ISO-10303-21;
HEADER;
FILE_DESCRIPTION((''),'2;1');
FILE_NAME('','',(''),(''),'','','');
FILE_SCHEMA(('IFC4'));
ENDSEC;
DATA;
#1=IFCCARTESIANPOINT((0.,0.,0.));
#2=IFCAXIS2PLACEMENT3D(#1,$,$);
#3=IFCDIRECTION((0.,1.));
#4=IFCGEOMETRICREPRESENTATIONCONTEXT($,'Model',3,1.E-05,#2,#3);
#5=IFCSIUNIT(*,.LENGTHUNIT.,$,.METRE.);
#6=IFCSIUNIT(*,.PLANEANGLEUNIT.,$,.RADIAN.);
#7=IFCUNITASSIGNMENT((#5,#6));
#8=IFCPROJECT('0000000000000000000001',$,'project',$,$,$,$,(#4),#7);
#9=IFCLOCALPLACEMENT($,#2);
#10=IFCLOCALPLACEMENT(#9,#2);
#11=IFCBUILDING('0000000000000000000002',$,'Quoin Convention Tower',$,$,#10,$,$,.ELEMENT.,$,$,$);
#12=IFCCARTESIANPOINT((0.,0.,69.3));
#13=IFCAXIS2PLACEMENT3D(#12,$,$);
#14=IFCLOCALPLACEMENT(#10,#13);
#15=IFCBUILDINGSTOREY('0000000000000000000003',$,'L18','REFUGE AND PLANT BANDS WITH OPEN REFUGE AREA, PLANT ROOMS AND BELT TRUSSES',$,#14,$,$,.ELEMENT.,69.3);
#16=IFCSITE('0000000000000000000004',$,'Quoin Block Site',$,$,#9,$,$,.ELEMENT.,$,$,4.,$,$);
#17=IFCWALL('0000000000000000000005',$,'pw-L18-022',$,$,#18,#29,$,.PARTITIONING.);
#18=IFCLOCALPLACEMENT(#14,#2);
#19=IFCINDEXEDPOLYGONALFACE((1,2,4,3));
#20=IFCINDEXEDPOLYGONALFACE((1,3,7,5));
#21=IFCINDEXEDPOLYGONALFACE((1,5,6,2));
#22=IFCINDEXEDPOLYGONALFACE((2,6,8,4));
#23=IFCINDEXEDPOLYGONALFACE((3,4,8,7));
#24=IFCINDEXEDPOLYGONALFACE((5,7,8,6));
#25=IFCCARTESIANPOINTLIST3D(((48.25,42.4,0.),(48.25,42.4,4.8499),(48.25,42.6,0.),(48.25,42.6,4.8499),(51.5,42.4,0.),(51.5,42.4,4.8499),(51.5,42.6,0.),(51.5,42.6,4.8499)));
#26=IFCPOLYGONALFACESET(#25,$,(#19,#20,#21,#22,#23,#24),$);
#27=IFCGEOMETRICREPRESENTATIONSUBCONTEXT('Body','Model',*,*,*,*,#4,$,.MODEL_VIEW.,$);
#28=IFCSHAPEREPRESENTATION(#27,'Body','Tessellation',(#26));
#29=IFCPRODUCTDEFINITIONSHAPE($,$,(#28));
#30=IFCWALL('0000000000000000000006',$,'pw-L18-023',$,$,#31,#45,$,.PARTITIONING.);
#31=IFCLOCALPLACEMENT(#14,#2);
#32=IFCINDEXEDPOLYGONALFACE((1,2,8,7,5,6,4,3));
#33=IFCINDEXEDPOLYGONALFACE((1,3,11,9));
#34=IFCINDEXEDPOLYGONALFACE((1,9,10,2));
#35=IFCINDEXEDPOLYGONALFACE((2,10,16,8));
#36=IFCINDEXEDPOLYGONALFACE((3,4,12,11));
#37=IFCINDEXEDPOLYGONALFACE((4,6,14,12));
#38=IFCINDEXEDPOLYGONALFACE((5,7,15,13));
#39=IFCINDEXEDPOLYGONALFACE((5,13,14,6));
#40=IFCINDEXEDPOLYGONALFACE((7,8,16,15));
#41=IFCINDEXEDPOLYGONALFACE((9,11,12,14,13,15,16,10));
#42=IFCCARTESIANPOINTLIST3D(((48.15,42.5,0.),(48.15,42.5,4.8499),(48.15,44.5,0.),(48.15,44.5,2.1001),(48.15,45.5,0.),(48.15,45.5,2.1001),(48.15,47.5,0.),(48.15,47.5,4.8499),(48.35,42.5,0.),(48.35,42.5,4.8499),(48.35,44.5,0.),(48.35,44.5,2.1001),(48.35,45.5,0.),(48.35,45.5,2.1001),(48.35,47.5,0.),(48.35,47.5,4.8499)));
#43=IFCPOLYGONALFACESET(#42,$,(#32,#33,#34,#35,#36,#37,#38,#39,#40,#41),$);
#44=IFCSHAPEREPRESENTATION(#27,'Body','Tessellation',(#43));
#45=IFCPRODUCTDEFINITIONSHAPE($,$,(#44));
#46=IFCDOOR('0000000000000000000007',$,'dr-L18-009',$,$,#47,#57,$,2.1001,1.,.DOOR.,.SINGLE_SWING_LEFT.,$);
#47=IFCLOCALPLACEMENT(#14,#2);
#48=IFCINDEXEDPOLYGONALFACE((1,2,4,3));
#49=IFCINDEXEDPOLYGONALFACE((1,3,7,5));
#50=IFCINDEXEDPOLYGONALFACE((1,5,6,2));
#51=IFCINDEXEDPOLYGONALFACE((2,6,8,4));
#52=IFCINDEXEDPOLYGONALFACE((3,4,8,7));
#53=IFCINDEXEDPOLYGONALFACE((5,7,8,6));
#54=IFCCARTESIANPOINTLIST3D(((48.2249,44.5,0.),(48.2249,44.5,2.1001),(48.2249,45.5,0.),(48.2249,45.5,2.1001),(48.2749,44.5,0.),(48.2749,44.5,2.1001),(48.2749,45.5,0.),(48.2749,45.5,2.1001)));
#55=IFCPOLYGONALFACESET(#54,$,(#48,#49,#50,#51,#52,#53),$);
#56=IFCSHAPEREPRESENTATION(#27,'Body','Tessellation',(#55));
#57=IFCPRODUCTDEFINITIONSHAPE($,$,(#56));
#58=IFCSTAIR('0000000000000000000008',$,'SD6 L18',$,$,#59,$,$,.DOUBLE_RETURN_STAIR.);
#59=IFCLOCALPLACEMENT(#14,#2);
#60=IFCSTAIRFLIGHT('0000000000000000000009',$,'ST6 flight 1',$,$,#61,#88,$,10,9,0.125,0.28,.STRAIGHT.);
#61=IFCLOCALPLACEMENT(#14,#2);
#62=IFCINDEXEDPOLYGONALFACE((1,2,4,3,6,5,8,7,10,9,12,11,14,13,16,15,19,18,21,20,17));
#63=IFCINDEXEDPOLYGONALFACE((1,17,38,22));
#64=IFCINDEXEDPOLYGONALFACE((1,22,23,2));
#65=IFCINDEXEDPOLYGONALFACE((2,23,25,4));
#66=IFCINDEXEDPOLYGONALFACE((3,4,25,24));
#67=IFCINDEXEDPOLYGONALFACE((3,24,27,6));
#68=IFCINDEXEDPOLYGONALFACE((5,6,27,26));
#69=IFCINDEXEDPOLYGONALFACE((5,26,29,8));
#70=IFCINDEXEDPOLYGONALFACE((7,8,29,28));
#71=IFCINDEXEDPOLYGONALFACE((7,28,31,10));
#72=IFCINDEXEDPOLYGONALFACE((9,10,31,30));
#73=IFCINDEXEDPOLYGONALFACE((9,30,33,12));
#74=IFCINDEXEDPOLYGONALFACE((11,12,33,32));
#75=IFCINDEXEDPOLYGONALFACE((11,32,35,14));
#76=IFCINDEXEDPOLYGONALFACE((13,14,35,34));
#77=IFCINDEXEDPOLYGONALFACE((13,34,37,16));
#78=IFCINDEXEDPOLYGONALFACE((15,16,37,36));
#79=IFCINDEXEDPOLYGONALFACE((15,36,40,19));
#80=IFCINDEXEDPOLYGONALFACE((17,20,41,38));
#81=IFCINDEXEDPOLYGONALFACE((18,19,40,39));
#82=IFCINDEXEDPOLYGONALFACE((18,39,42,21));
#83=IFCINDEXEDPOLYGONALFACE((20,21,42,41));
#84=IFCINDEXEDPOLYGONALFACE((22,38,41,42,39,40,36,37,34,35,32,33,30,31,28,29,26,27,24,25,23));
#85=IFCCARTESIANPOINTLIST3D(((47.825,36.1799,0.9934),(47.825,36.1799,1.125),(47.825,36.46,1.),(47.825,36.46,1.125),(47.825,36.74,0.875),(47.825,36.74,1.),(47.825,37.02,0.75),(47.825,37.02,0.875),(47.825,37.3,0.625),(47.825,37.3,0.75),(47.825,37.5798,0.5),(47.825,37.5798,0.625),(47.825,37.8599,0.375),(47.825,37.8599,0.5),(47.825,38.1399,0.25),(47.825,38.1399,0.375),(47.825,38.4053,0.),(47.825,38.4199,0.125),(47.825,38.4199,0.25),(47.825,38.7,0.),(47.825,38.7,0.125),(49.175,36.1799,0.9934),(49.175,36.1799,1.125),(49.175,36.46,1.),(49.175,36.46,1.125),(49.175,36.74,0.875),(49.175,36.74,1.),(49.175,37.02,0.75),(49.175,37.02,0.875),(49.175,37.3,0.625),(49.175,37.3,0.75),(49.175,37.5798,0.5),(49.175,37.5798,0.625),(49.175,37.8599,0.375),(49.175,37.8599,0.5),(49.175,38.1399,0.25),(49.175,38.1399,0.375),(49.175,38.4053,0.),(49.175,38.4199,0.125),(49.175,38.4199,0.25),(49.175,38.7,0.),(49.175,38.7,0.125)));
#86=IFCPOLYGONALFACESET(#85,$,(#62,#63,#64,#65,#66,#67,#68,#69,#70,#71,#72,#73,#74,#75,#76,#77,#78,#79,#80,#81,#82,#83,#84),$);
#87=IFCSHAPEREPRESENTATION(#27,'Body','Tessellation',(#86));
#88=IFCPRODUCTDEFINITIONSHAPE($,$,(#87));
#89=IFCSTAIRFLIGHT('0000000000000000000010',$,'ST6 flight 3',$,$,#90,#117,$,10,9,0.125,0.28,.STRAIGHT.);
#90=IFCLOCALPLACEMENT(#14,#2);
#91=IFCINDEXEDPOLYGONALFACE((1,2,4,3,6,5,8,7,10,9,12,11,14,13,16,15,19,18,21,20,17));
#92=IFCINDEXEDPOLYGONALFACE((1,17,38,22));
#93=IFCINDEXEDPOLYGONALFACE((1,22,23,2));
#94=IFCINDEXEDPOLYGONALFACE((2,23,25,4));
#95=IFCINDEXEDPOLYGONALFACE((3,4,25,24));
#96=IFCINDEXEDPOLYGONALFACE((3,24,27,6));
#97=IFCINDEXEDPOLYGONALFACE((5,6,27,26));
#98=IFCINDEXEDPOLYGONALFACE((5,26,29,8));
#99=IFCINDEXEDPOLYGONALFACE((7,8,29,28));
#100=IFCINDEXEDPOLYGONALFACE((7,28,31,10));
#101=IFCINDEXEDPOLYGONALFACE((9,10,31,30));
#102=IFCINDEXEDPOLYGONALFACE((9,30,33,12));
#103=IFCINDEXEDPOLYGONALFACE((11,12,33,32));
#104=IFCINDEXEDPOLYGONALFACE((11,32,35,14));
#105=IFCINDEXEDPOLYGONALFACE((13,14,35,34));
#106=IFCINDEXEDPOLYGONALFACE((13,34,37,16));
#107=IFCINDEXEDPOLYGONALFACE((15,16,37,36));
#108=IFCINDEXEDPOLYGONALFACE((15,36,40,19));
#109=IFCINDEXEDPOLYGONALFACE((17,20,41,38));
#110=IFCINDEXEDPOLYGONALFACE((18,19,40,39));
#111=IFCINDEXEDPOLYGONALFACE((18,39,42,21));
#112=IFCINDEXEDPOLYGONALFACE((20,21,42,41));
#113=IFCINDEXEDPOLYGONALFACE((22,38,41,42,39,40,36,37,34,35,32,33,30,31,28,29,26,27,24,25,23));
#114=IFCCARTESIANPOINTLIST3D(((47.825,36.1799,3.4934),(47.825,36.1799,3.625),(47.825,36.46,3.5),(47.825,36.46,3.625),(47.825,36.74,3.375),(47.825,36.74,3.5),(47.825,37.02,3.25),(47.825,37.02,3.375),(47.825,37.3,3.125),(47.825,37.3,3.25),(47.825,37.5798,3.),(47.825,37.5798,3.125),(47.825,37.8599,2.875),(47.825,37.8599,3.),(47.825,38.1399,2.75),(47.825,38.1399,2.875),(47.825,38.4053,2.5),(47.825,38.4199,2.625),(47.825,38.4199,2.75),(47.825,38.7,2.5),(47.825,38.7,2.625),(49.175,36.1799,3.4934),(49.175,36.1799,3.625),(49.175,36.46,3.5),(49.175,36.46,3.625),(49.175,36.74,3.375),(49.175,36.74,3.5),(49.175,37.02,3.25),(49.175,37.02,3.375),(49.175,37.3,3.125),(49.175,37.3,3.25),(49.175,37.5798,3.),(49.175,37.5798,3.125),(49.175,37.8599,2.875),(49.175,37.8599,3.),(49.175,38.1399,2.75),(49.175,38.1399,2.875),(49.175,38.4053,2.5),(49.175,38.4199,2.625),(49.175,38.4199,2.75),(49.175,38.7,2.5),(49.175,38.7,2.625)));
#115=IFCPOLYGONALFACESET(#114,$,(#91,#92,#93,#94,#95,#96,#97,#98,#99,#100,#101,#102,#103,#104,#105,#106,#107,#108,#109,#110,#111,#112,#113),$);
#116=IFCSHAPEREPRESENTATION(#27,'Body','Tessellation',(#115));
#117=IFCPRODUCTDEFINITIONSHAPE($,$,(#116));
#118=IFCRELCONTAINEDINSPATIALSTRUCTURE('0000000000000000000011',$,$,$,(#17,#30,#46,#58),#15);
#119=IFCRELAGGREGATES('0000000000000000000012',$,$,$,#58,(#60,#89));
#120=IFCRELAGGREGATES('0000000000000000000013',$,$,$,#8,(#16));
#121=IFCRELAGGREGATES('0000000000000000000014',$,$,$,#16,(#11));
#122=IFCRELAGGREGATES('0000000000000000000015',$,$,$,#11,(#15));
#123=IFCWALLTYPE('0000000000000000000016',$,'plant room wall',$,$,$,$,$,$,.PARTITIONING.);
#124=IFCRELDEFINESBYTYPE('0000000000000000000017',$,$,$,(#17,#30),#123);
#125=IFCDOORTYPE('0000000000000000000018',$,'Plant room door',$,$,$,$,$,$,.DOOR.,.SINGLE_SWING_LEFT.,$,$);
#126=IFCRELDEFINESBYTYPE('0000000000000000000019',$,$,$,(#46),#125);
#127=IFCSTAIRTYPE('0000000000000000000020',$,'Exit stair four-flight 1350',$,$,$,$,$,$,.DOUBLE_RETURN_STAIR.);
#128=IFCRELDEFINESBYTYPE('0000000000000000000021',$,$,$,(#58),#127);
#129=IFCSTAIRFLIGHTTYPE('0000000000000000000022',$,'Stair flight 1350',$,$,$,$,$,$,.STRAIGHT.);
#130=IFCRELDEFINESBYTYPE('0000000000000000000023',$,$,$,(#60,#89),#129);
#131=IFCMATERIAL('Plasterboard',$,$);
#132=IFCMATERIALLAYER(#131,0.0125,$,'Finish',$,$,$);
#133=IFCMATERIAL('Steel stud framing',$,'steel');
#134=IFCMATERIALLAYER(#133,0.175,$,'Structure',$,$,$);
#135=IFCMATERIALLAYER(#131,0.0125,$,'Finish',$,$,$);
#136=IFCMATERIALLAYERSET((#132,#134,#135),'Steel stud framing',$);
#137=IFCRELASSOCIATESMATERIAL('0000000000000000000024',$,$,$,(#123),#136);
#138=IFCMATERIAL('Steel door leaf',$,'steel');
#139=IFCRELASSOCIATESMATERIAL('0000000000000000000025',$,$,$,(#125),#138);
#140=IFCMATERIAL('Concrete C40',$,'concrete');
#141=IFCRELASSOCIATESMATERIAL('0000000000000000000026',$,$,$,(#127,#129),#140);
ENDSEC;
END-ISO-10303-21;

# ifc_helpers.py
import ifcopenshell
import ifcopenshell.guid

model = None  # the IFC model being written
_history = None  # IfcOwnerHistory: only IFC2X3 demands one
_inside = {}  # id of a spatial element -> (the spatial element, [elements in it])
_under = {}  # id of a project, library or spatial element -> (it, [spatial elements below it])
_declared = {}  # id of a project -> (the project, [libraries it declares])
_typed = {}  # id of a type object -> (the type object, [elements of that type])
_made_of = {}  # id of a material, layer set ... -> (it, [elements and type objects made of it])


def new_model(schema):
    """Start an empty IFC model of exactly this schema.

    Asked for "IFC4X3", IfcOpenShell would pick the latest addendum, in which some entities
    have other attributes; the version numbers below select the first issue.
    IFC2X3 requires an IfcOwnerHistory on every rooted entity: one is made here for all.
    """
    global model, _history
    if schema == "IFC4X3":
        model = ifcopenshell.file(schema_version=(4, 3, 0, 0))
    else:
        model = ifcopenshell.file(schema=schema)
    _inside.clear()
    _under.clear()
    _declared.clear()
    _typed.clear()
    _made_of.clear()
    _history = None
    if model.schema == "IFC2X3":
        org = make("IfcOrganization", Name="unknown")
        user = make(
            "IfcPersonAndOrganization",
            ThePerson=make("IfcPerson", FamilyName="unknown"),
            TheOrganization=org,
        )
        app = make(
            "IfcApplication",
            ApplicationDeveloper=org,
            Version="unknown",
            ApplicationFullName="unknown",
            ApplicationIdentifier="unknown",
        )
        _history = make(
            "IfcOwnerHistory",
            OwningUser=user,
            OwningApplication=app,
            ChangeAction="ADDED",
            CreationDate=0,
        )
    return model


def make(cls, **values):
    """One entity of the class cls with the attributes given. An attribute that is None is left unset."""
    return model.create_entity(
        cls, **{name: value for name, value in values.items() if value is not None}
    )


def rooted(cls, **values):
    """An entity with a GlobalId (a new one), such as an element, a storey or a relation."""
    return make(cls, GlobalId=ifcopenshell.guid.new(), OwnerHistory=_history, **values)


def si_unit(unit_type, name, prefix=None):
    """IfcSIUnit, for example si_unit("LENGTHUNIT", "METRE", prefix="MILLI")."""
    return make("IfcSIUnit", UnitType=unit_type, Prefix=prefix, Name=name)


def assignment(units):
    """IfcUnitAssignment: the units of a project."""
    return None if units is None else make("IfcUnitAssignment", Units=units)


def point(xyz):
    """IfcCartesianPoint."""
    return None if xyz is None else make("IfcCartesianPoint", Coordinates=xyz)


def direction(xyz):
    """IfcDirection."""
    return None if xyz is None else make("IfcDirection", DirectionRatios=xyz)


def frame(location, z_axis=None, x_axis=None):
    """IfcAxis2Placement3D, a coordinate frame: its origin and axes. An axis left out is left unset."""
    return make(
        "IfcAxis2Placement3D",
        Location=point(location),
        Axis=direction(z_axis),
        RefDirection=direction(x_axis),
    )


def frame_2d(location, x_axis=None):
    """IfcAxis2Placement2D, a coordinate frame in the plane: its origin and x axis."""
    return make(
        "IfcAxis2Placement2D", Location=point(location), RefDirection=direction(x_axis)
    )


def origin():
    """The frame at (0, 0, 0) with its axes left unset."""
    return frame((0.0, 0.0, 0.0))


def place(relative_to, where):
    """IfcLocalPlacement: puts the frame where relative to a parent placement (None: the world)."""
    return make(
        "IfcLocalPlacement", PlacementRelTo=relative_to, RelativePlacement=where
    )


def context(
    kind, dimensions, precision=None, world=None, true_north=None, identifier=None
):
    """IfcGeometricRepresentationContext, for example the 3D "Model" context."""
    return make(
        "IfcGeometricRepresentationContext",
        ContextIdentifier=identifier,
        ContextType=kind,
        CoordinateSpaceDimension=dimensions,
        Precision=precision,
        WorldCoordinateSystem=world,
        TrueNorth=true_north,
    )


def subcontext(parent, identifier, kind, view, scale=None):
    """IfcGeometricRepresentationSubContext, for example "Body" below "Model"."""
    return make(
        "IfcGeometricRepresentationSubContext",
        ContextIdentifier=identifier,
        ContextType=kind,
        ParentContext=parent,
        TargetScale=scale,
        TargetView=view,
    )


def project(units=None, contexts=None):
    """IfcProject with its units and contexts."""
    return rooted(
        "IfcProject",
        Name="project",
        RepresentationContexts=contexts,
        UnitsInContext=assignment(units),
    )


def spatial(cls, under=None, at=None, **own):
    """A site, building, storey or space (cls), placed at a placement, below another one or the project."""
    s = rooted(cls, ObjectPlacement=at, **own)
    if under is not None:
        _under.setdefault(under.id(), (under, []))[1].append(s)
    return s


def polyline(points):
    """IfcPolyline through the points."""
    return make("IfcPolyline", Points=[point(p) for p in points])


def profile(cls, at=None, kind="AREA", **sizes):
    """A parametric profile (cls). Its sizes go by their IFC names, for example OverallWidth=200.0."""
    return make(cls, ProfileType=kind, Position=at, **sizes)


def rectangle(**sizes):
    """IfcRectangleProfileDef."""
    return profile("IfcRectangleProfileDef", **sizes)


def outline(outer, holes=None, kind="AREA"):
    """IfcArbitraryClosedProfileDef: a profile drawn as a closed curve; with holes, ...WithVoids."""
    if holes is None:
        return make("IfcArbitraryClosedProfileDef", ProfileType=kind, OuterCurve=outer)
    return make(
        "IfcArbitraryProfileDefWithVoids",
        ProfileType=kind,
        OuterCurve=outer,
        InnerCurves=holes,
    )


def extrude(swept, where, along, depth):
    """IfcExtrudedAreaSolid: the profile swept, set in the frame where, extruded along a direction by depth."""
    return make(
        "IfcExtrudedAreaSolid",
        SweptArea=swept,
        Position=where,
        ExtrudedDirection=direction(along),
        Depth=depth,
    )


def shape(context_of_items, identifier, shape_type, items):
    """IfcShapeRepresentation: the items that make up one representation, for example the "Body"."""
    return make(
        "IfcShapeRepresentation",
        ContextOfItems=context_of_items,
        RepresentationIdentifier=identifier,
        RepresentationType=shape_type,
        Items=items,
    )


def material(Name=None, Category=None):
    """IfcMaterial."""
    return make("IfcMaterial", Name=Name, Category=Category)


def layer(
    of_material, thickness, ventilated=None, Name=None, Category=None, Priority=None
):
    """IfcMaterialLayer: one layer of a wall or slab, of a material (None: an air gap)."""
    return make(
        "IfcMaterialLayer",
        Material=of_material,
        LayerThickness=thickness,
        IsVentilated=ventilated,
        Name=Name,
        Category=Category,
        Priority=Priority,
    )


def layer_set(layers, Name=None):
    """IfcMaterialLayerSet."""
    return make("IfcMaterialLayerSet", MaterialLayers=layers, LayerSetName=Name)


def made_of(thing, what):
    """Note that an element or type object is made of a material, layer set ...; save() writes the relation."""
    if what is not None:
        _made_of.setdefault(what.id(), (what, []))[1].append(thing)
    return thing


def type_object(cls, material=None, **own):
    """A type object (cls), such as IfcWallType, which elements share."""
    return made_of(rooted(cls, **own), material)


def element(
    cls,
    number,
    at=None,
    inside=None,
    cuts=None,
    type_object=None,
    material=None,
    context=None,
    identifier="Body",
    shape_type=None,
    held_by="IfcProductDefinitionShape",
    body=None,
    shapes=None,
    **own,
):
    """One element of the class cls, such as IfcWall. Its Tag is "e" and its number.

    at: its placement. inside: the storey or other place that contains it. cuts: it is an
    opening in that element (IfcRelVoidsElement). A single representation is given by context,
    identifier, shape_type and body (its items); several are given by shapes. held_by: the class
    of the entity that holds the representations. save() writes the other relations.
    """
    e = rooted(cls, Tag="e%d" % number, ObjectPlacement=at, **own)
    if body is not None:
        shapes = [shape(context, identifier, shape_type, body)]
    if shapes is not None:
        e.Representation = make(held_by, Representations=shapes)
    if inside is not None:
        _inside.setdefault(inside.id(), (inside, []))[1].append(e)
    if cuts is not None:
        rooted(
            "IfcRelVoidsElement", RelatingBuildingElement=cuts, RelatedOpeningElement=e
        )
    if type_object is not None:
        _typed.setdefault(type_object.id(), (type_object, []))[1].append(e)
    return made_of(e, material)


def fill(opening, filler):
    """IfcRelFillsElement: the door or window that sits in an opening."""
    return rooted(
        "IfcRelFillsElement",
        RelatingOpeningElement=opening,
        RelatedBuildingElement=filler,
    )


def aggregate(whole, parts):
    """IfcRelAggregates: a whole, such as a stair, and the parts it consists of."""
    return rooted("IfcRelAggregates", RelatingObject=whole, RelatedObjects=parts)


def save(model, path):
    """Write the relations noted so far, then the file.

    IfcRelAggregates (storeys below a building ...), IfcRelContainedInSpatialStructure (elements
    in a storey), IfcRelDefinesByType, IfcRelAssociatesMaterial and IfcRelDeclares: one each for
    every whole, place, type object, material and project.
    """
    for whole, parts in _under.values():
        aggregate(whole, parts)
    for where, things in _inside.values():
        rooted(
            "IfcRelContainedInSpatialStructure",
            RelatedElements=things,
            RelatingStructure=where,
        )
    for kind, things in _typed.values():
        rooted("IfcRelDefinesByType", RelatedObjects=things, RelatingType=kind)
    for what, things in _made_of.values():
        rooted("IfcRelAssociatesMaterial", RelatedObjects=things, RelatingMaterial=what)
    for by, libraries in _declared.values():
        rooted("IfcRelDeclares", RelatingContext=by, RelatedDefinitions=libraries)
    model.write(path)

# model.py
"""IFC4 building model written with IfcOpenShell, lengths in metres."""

from ifc_helpers import new_model, si_unit, direction, frame, frame_2d, origin, place, context, subcontext, project, spatial, polyline, rectangle, outline, extrude, material, layer, layer_set, type_object, element, fill, aggregate, save


model = new_model("IFC4")

# Units and contexts
model_context = context("Model", 3, precision=1e-05, world=origin(), true_north=direction((0.0, 1.0)))
body_context = subcontext(model_context, "Body", "Model", "MODEL_VIEW")
ifc_project = project(units=[si_unit("LENGTHUNIT", "METRE"), si_unit("PLANEANGLEUNIT", "RADIAN")], contexts=[model_context])

# Site, building, storey
site_placement = place(None, origin())
site = spatial("IfcSite", under=ifc_project, at=site_placement, Name="Quoin Block Site", CompositionType="ELEMENT", RefElevation=4.0)
building_placement = place(site_placement, origin())
building = spatial("IfcBuilding", under=site, at=building_placement, Name="Quoin Convention Tower", CompositionType="ELEMENT")
storey_placement = place(building_placement, frame((0.0, 0.0, 69.3)))
storey = spatial("IfcBuildingStorey", under=building, at=storey_placement, Name="L18", Description="REFUGE AND PLANT BANDS WITH OPEN REFUGE AREA, PLANT ROOMS AND BELT TRUSSES", CompositionType="ELEMENT", Elevation=69.3)

# Wall
ifc_material_1 = material(Name="Plasterboard")
ifc_layer_1 = layer(ifc_material_1, 0.0125, Name="Finish")
ifc_material_2 = material(Name="Steel stud framing", Category="steel")
ifc_layer_2 = layer(ifc_material_2, 0.175, Name="Structure")
ifc_layer_3 = layer(ifc_material_1, 0.0125, Name="Finish")
ifc_layer_set_1 = layer_set([ifc_layer_1, ifc_layer_2, ifc_layer_3], Name="Steel stud framing")
wall_type_1 = type_object("IfcWallType", Name="plant room wall", PredefinedType="PARTITIONING", material=ifc_layer_set_1)
wall_1_placement = place(storey_placement, frame((48.25, 42.5, 0.0), z_axis=(0.0, 0.0, 1.0), x_axis=(1.0, 0.0, 0.0)))
element("IfcWall", 1, at=wall_1_placement, inside=storey, type_object=wall_type_1, Name="pw-L18-022", PredefinedType="PARTITIONING", context=body_context, shape_type="SweptSolid", body=[
    extrude(rectangle(XDim=3.25, YDim=0.2, at=frame_2d((1.625, 0.0))), origin(), (0.0, 0.0, 1.0), 4.8499),
])

# Wall, opening, door
wall_2_placement = place(storey_placement, frame((48.25, 42.5, 0.0), z_axis=(0.0, 0.0, 1.0), x_axis=(0.0, 1.0, 0.0)))
wall_2 = element("IfcWall", 2, at=wall_2_placement, inside=storey, type_object=wall_type_1, Name="pw-L18-023", PredefinedType="PARTITIONING", context=body_context, shape_type="SweptSolid", body=[
    extrude(rectangle(XDim=5.0, YDim=0.2, at=frame_2d((2.5, 0.0))), origin(), (0.0, 0.0, 1.0), 4.8499),
])
opening_placement = place(wall_2_placement, frame((2.0, 0.0, 0.0)))
opening = element("IfcOpeningElement", 3, at=opening_placement, cuts=wall_2, PredefinedType="OPENING", context=body_context, shape_type="SweptSolid", body=[
    extrude(rectangle(XDim=1.0, YDim=2.1001, at=frame_2d((0.5, 1.05))), frame((0.0, 0.1099, 0.0), z_axis=(0.0, -1.0, 0.0), x_axis=(1.0, 0.0, 0.0)), (0.0, 0.0, 1.0), 0.22),
])
ifc_material_3 = material(Name="Steel door leaf", Category="steel")
door_type = type_object("IfcDoorType", Name="Plant room door", OperationType="SINGLE_SWING_LEFT", PredefinedType="DOOR", material=ifc_material_3)
door_placement = place(opening_placement, frame((1.0, 0.0, 0.0), z_axis=(0.0, 0.0, 1.0), x_axis=(-1.0, 0.0, 0.0)))
door = element("IfcDoor", 4, at=door_placement, inside=storey, type_object=door_type, Name="dr-L18-009", OperationType="SINGLE_SWING_LEFT", OverallHeight=2.1001, OverallWidth=1.0, PredefinedType="DOOR", context=body_context, shape_type="SweptSolid", body=[
    extrude(rectangle(XDim=1.0, YDim=2.1001, at=frame_2d((0.5, 1.05))), frame((0.0, 0.0249, 0.0), z_axis=(0.0, -1.0, 0.0), x_axis=(1.0, 0.0, 0.0)), (0.0, 0.0, 1.0), 0.05),
])
fill(opening, door)

# Stair, stair flights
ifc_material_4 = material(Name="Concrete C40", Category="concrete")
stair_type = type_object("IfcStairType", Name="Exit stair four-flight 1350", PredefinedType="DOUBLE_RETURN_STAIR", material=ifc_material_4)
stair_placement = place(storey_placement, origin())
stair = element("IfcStair", 5, at=stair_placement, inside=storey, type_object=stair_type, Name="SD6 L18", PredefinedType="DOUBLE_RETURN_STAIR")
stair_flight_type = type_object("IfcStairFlightType", Name="Stair flight 1350", PredefinedType="STRAIGHT", material=ifc_material_4)
stair_flight_1_placement = place(storey_placement, frame((48.5, 38.7, 0.0), z_axis=(0.0, 0.0, 1.0), x_axis=(0.0, -1.0, 0.0)))
stair_flight_1 = element("IfcStairFlight", 6, at=stair_flight_1_placement, type_object=stair_flight_type, Name="ST6 flight 1", NumberOfRisers=10, NumberOfTreads=9, PredefinedType="STRAIGHT", RiserHeight=0.125, TreadLength=0.28, context=body_context, shape_type="SweptSolid", body=[
    extrude(outline(polyline([(0.0, 0.0), (0.0, 0.125), (0.28, 0.125), (0.28, 0.25), (0.5601, 0.25), (0.5601, 0.375), (0.8401, 0.375), (0.8401, 0.5), (1.1201, 0.5), (1.1201, 0.625), (1.3999, 0.625), (1.3999, 0.75), (1.6799, 0.75), (1.6799, 0.875), (1.96, 0.875), (1.96, 1.0), (2.24, 1.0), (2.24, 1.125), (2.52, 1.125), (2.52, 1.25), (2.52, 0.9934), (0.2947, 0.0), (0.0, 0.0)])), frame((0.0, 0.675, 0.0), z_axis=(0.0, -1.0, 0.0), x_axis=(1.0, 0.0, 0.0)), (0.0, 0.0, 1.0), 1.3501),
])
stair_flight_2_placement = place(storey_placement, frame((48.5, 38.7, 2.5), z_axis=(0.0, 0.0, 1.0), x_axis=(0.0, -1.0, 0.0)))
stair_flight_2 = element("IfcStairFlight", 7, at=stair_flight_2_placement, type_object=stair_flight_type, Name="ST6 flight 3", NumberOfRisers=10, NumberOfTreads=9, PredefinedType="STRAIGHT", RiserHeight=0.125, TreadLength=0.28, context=body_context, shape_type="SweptSolid", body=[
    extrude(outline(polyline([(0.0, 0.0), (0.0, 0.125), (0.28, 0.125), (0.28, 0.25), (0.5601, 0.25), (0.5601, 0.375), (0.8401, 0.375), (0.8401, 0.5), (1.1201, 0.5), (1.1201, 0.625), (1.3999, 0.625), (1.3999, 0.75), (1.6799, 0.75), (1.6799, 0.875), (1.96, 0.875), (1.96, 1.0), (2.24, 1.0), (2.24, 1.125), (2.52, 1.125), (2.52, 1.25), (2.52, 0.9934), (0.2947, 0.0), (0.0, 0.0)])), frame((0.0, 0.675, 0.0), z_axis=(0.0, -1.0, 0.0), x_axis=(1.0, 0.0, 0.0)), (0.0, 0.0, 1.0), 1.3501),
])
aggregate(stair, [stair_flight_1, stair_flight_2])

save(model, "model.ifc")
